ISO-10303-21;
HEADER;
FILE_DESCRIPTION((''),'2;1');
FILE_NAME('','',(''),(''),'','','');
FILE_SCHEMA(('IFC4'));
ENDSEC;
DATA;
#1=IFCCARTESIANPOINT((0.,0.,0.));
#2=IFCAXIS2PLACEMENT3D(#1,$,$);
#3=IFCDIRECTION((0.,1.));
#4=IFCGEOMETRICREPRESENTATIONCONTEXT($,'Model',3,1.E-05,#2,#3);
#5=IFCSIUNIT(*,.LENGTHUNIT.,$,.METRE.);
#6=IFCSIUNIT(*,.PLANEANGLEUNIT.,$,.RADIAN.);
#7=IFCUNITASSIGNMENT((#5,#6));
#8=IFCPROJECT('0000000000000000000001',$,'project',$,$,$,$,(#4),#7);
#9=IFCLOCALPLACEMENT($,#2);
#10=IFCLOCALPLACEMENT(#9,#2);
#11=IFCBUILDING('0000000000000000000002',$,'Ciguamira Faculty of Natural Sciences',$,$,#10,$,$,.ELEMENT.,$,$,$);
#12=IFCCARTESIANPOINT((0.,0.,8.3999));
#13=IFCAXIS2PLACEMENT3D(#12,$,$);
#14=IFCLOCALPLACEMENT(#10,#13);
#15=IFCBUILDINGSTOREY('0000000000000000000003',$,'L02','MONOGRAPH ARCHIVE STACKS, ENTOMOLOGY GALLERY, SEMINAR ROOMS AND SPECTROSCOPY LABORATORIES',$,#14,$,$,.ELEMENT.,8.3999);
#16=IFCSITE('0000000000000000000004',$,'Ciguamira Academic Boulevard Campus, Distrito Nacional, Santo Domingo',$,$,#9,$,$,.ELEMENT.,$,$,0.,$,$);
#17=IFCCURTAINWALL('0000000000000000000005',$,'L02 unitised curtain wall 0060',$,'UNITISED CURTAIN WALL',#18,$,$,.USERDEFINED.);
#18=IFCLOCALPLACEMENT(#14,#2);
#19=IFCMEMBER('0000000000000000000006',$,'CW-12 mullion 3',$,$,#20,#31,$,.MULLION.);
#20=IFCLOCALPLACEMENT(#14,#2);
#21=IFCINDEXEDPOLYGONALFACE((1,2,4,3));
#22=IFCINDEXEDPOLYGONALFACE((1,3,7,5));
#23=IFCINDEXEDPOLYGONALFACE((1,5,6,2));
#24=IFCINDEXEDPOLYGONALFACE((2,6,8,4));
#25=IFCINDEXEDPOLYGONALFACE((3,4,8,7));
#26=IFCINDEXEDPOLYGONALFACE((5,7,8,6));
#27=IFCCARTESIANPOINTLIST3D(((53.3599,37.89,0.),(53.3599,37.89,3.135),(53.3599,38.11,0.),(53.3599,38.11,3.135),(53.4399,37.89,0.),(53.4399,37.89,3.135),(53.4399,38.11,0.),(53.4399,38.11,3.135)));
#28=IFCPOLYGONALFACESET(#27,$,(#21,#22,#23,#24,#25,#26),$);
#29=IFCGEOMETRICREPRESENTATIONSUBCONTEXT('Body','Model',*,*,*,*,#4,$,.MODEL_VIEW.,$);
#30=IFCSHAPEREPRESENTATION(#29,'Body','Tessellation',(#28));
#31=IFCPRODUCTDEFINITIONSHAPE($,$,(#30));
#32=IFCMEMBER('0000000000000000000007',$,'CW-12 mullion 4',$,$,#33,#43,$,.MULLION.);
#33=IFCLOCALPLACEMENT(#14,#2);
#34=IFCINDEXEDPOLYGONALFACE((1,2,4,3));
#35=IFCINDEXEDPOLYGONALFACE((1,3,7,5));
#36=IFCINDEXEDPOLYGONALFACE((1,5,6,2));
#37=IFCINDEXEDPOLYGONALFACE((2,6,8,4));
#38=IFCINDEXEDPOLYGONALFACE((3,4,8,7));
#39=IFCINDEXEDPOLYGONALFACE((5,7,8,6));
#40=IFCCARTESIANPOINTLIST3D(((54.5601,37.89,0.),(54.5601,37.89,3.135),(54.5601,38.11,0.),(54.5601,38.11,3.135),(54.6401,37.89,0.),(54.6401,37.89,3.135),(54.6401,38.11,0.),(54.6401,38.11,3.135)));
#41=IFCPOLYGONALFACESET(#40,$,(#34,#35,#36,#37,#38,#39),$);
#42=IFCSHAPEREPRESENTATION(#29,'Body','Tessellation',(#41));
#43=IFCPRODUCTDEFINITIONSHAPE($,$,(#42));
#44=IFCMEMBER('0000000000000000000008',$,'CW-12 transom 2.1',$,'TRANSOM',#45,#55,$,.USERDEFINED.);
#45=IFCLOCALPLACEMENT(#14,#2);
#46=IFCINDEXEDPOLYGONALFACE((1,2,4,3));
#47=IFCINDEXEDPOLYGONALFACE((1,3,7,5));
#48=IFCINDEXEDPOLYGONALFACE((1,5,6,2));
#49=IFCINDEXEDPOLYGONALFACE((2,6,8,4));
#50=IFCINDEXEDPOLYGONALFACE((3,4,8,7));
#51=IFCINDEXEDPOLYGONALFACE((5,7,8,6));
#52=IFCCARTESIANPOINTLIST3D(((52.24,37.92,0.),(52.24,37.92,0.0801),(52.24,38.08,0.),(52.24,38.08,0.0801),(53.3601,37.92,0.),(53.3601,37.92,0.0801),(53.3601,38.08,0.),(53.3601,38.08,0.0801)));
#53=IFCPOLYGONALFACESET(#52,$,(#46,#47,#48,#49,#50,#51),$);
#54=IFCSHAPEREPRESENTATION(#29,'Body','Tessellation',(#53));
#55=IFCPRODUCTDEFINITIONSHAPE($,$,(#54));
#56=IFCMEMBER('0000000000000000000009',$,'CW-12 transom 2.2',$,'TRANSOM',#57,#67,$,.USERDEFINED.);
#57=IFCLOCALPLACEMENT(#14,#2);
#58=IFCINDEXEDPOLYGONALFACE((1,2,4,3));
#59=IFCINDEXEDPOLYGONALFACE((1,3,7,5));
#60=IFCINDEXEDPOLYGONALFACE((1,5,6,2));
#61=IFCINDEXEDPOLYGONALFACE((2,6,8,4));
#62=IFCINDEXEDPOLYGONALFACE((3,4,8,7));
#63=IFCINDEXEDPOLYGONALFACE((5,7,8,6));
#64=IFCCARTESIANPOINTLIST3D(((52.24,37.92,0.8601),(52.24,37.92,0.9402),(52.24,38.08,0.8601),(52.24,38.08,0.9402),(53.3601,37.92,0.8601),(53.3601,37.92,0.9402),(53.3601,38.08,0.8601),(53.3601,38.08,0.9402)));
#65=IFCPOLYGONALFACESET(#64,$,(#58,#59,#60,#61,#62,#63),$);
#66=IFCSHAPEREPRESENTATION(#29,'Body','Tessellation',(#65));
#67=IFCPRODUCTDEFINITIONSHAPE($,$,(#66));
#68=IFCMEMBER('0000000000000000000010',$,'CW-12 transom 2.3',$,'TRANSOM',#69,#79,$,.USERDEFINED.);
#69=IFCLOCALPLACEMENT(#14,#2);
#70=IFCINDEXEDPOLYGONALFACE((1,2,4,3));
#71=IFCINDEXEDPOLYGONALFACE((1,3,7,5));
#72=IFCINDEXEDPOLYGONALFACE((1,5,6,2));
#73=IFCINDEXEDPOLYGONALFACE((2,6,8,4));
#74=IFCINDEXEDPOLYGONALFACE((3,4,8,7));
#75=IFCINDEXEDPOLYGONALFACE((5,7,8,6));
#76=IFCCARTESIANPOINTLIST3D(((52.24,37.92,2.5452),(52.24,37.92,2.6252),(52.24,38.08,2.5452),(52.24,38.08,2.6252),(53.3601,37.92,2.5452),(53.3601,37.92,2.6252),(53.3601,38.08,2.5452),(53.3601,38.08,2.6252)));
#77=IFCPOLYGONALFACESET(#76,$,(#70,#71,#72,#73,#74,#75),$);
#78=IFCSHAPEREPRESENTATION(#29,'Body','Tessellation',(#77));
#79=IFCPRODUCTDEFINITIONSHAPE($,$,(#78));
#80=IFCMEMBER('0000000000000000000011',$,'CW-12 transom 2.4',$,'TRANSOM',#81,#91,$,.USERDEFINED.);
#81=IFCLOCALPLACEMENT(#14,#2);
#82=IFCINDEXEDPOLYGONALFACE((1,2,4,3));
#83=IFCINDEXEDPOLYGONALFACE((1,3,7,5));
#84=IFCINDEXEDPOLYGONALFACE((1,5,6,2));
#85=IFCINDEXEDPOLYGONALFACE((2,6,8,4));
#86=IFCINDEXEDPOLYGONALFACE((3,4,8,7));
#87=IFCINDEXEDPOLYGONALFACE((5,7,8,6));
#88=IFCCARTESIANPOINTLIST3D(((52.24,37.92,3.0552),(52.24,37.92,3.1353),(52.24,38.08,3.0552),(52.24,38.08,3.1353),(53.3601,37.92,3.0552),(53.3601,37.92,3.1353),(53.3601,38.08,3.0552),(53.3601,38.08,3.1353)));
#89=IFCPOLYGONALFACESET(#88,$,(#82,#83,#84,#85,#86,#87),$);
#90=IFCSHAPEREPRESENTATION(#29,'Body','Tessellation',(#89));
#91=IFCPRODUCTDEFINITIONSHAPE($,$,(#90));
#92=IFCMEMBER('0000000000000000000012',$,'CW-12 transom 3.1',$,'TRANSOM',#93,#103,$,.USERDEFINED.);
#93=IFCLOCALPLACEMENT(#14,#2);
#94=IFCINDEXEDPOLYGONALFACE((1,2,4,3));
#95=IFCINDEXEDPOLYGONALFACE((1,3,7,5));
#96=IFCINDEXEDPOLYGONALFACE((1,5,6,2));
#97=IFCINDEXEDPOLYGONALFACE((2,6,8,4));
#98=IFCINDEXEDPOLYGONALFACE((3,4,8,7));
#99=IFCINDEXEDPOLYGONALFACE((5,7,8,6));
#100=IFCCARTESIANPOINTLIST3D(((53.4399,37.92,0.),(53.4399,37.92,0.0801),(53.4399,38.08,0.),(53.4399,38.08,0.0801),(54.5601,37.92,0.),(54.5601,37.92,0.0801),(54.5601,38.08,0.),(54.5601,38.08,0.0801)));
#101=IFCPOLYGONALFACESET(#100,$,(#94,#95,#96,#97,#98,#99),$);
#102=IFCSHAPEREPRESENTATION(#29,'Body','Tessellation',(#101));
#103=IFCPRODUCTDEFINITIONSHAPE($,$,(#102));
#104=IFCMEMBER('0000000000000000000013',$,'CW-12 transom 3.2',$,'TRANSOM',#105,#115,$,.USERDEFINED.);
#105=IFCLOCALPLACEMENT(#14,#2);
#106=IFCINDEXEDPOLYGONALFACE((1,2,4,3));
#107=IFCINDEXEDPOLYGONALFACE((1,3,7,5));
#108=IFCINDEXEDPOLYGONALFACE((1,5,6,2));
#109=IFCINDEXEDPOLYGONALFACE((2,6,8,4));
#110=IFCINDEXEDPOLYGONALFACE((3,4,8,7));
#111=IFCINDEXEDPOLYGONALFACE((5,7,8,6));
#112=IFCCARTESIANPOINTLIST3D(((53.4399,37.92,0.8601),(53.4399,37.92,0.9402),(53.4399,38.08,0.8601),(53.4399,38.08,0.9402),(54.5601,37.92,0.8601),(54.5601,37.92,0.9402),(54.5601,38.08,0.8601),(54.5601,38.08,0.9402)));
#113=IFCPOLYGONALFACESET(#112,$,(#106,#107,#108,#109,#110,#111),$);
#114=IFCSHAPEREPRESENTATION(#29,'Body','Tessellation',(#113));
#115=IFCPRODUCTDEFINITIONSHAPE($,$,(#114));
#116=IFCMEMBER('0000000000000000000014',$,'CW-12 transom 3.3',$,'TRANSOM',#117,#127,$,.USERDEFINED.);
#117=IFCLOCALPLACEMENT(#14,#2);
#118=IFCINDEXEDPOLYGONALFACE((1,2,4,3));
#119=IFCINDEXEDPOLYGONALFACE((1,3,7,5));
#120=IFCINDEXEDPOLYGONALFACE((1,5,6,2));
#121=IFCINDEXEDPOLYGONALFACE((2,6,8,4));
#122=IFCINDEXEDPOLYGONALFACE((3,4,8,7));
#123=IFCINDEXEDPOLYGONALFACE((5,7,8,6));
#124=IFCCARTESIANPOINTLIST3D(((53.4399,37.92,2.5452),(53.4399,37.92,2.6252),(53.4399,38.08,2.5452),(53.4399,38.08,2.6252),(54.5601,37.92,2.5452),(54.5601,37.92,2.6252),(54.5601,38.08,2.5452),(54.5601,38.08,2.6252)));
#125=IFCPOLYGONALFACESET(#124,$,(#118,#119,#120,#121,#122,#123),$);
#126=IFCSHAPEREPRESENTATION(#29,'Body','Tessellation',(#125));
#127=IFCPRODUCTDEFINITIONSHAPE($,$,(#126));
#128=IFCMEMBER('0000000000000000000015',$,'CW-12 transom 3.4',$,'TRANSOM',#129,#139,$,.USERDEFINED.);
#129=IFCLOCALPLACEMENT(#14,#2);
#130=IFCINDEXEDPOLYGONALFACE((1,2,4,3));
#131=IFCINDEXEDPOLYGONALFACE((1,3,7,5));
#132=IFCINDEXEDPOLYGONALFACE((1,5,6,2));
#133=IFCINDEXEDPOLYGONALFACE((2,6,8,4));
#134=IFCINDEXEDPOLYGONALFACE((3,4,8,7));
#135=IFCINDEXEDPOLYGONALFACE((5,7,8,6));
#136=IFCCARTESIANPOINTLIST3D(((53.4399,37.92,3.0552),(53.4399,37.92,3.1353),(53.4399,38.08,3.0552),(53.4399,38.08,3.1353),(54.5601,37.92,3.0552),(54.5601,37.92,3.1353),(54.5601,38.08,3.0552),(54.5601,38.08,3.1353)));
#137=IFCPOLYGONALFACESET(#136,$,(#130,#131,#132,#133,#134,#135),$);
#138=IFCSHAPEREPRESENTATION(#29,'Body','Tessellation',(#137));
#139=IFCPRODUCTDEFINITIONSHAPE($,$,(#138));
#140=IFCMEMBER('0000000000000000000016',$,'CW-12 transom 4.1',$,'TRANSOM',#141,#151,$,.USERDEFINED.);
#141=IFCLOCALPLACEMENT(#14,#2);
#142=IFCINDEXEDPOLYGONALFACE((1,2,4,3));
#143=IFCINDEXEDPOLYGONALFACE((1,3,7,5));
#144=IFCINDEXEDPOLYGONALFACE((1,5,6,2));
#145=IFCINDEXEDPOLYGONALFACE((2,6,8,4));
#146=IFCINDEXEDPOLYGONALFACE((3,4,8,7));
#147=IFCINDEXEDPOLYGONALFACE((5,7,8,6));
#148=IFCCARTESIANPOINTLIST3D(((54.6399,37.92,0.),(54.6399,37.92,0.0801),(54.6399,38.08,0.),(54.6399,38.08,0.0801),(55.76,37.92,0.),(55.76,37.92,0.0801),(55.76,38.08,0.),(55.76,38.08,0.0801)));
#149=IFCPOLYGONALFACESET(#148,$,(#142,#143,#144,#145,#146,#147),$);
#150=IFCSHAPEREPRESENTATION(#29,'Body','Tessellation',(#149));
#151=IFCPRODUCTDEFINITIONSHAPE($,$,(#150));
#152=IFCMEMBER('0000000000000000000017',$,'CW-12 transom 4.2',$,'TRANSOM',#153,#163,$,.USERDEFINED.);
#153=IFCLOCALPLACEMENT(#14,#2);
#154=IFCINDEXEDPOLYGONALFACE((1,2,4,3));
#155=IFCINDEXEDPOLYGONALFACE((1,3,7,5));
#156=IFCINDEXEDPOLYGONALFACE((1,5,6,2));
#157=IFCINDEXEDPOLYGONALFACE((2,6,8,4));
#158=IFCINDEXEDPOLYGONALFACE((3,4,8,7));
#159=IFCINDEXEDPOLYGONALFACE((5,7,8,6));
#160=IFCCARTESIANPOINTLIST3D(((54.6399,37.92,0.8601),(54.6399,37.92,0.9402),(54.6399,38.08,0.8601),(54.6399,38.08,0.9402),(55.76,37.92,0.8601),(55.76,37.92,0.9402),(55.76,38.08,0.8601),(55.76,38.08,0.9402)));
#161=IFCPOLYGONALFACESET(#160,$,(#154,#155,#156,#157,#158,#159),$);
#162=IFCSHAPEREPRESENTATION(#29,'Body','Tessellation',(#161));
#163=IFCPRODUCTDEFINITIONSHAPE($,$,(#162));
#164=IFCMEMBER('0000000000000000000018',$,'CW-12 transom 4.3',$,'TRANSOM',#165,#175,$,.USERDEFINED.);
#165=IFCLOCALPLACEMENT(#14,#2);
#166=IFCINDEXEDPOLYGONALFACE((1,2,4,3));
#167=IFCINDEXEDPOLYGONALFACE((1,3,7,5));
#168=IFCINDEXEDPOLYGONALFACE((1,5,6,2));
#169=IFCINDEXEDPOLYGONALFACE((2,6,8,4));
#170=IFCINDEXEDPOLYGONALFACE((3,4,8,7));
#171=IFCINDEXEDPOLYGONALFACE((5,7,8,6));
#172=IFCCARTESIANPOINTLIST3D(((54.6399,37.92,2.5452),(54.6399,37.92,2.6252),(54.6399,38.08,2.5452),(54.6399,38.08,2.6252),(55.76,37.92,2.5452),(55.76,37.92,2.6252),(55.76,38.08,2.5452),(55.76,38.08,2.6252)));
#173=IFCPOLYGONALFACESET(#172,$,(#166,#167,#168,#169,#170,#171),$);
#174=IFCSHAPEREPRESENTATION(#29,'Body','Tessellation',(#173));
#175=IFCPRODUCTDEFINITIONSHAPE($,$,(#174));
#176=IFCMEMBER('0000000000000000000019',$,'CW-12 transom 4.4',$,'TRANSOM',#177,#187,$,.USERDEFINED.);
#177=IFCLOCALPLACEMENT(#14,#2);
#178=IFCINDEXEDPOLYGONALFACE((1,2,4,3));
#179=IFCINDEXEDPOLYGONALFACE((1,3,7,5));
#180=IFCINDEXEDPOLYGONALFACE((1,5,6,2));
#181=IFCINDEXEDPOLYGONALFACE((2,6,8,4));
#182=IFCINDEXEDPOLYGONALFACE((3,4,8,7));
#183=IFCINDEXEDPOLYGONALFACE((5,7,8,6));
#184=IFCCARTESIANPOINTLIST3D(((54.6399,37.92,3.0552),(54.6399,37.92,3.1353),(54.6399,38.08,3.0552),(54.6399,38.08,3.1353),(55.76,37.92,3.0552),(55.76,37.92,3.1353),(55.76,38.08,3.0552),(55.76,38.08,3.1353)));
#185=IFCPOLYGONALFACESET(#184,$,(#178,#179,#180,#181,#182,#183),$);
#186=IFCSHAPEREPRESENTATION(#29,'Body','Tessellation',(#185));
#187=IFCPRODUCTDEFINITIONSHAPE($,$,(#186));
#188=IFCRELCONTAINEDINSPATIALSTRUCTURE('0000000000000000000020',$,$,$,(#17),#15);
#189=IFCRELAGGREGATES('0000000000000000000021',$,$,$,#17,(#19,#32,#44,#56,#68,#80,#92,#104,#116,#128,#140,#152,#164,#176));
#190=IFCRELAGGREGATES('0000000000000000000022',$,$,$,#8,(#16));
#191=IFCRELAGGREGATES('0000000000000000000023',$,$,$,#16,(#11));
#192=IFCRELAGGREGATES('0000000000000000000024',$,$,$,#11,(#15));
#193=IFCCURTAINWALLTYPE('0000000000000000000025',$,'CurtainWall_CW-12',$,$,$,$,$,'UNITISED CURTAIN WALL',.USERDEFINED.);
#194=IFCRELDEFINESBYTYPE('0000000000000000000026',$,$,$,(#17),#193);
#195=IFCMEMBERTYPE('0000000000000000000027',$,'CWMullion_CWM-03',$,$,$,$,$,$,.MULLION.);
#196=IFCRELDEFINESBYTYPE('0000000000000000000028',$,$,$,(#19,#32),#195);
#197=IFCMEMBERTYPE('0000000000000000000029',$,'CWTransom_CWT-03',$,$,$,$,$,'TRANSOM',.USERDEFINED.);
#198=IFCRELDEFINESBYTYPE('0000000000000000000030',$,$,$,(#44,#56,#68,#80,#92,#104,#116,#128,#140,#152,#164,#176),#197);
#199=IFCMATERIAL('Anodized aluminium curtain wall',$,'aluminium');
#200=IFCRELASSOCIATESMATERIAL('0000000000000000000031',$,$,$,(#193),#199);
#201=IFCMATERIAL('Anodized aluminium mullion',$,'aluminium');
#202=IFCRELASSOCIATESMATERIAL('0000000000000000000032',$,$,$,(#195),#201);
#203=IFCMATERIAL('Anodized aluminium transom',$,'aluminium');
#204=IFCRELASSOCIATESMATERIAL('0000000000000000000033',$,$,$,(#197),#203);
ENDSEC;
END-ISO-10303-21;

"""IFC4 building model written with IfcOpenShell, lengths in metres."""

from ifc_helpers import new_model, si_unit, direction, frame, origin, origin_2d, place, context, subcontext, project, spatial, rectangle, extrude, material, material_profile, profile_set, type_object, element, aggregate, save


model = new_model("IFC4")

# Units and contexts
model_context = context("Model", 3, precision=1e-05, world=origin(), true_north=direction((0.0, 1.0)))
body_context = subcontext(model_context, "Body", "Model", "MODEL_VIEW")
ifc_project = project(units=[si_unit("LENGTHUNIT", "METRE"), si_unit("PLANEANGLEUNIT", "RADIAN")], contexts=[model_context])

# Site, building, storey
site_placement = place(None, origin())
site = spatial("IfcSite", under=ifc_project, at=site_placement, Name="Ciguamira Academic Boulevard Campus, Distrito Nacional, Santo Domingo", CompositionType="ELEMENT", RefElevation=0.0)
building_placement = place(site_placement, origin())
building = spatial("IfcBuilding", under=site, at=building_placement, Name="Ciguamira Faculty of Natural Sciences", CompositionType="ELEMENT")
storey_placement = place(building_placement, frame((0.0, 0.0, 8.3999)))
storey = spatial("IfcBuildingStorey", under=building, at=storey_placement, Name="L02", Description="MONOGRAPH ARCHIVE STACKS, ENTOMOLOGY GALLERY, SEMINAR ROOMS AND SPECTROSCOPY LABORATORIES", CompositionType="ELEMENT", Elevation=8.3999)

# Curtain wall, members
ifc_material_1 = material(Name="Anodized aluminium curtain wall", Category="aluminium")
curtain_wall_type = type_object("IfcCurtainWallType", Name="CurtainWall_CW-12", ElementType="UNITISED CURTAIN WALL", PredefinedType="USERDEFINED", material=ifc_material_1)
curtain_wall_placement = place(storey_placement, origin())
curtain_wall = element("IfcCurtainWall", 1, at=curtain_wall_placement, inside=storey, type_object=curtain_wall_type, Name="L02 unitised curtain wall 0060", ObjectType="UNITISED CURTAIN WALL", PredefinedType="USERDEFINED")
ifc_material_2 = material(Name="Anodized aluminium mullion", Category="aluminium")
ifc_material_profile_1 = material_profile(ifc_material_2, rectangle(XDim=0.0801, YDim=0.22, at=origin_2d()), Name="ALU-MUL-80X220")
ifc_profile_set_1 = profile_set([ifc_material_profile_1], Name="Anodized aluminium mullion")
member_type_1 = type_object("IfcMemberType", Name="CWMullion_CWM-03", PredefinedType="MULLION", material=ifc_profile_set_1)
member_1_placement = place(storey_placement, frame((53.3999, 38.0, 0.0), z_axis=(0.0, 0.0, 1.0), x_axis=(1.0, 0.0, 0.0)))
member_1 = element("IfcMember", 2, at=member_1_placement, type_object=member_type_1, Name="CW-12 mullion 3", PredefinedType="MULLION", context=body_context, shape_type="SweptSolid", body=[
    extrude(rectangle(XDim=0.0801, YDim=0.22, at=origin_2d()), origin(), (0.0, 0.0, 1.0), 3.135),
])
member_2_placement = place(storey_placement, frame((54.6001, 38.0, 0.0), z_axis=(0.0, 0.0, 1.0), x_axis=(1.0, 0.0, 0.0)))
member_2 = element("IfcMember", 3, at=member_2_placement, type_object=member_type_1, Name="CW-12 mullion 4", PredefinedType="MULLION", context=body_context, shape_type="SweptSolid", body=[
    extrude(rectangle(XDim=0.0801, YDim=0.22, at=origin_2d()), origin(), (0.0, 0.0, 1.0), 3.135),
])
ifc_material_3 = material(Name="Anodized aluminium transom", Category="aluminium")
ifc_material_profile_2 = material_profile(ifc_material_3, rectangle(XDim=0.0801, YDim=0.1599, at=origin_2d()), Name="ALU-TRN-80X160")
ifc_profile_set_2 = profile_set([ifc_material_profile_2], Name="Anodized aluminium transom")
member_type_2 = type_object("IfcMemberType", Name="CWTransom_CWT-03", ElementType="TRANSOM", PredefinedType="USERDEFINED", material=ifc_profile_set_2)
member_3_placement = place(storey_placement, frame((52.24, 38.0, 0.04), z_axis=(1.0, 0.0, 0.0), x_axis=(0.0, 0.0, 1.0)))
member_3 = element("IfcMember", 4, at=member_3_placement, type_object=member_type_2, Name="CW-12 transom 2.1", ObjectType="TRANSOM", PredefinedType="USERDEFINED", context=body_context, shape_type="SweptSolid", body=[
    extrude(rectangle(XDim=0.0801, YDim=0.1599, at=origin_2d()), origin(), (0.0, 0.0, 1.0), 1.1201),
])
member_4_placement = place(storey_placement, frame((52.24, 38.0, 0.9001), z_axis=(1.0, 0.0, 0.0), x_axis=(0.0, 0.0, 1.0)))
member_4 = element("IfcMember", 5, at=member_4_placement, type_object=member_type_2, Name="CW-12 transom 2.2", ObjectType="TRANSOM", PredefinedType="USERDEFINED", context=body_context, shape_type="SweptSolid", body=[
    extrude(rectangle(XDim=0.0801, YDim=0.1599, at=origin_2d()), origin(), (0.0, 0.0, 1.0), 1.1201),
])
member_5_placement = place(storey_placement, frame((52.24, 38.0, 2.5852), z_axis=(1.0, 0.0, 0.0), x_axis=(0.0, 0.0, 1.0)))
member_5 = element("IfcMember", 6, at=member_5_placement, type_object=member_type_2, Name="CW-12 transom 2.3", ObjectType="TRANSOM", PredefinedType="USERDEFINED", context=body_context, shape_type="SweptSolid", body=[
    extrude(rectangle(XDim=0.0801, YDim=0.1599, at=origin_2d()), origin(), (0.0, 0.0, 1.0), 1.1201),
])
member_6_placement = place(storey_placement, frame((52.24, 38.0, 3.0952), z_axis=(1.0, 0.0, 0.0), x_axis=(0.0, 0.0, 1.0)))
member_6 = element("IfcMember", 7, at=member_6_placement, type_object=member_type_2, Name="CW-12 transom 2.4", ObjectType="TRANSOM", PredefinedType="USERDEFINED", context=body_context, shape_type="SweptSolid", body=[
    extrude(rectangle(XDim=0.0801, YDim=0.1599, at=origin_2d()), origin(), (0.0, 0.0, 1.0), 1.1201),
])
member_7_placement = place(storey_placement, frame((53.4399, 38.0, 0.04), z_axis=(1.0, 0.0, 0.0), x_axis=(0.0, 0.0, 1.0)))
member_7 = element("IfcMember", 8, at=member_7_placement, type_object=member_type_2, Name="CW-12 transom 3.1", ObjectType="TRANSOM", PredefinedType="USERDEFINED", context=body_context, shape_type="SweptSolid", body=[
    extrude(rectangle(XDim=0.0801, YDim=0.1599, at=origin_2d()), origin(), (0.0, 0.0, 1.0), 1.1201),
])
member_8_placement = place(storey_placement, frame((53.4399, 38.0, 0.9001), z_axis=(1.0, 0.0, 0.0), x_axis=(0.0, 0.0, 1.0)))
member_8 = element("IfcMember", 9, at=member_8_placement, type_object=member_type_2, Name="CW-12 transom 3.2", ObjectType="TRANSOM", PredefinedType="USERDEFINED", context=body_context, shape_type="SweptSolid", body=[
    extrude(rectangle(XDim=0.0801, YDim=0.1599, at=origin_2d()), origin(), (0.0, 0.0, 1.0), 1.1201),
])
member_9_placement = place(storey_placement, frame((53.4399, 38.0, 2.5852), z_axis=(1.0, 0.0, 0.0), x_axis=(0.0, 0.0, 1.0)))
member_9 = element("IfcMember", 10, at=member_9_placement, type_object=member_type_2, Name="CW-12 transom 3.3", ObjectType="TRANSOM", PredefinedType="USERDEFINED", context=body_context, shape_type="SweptSolid", body=[
    extrude(rectangle(XDim=0.0801, YDim=0.1599, at=origin_2d()), origin(), (0.0, 0.0, 1.0), 1.1201),
])
member_10_placement = place(storey_placement, frame((53.4399, 38.0, 3.0952), z_axis=(1.0, 0.0, 0.0), x_axis=(0.0, 0.0, 1.0)))
member_10 = element("IfcMember", 11, at=member_10_placement, type_object=member_type_2, Name="CW-12 transom 3.4", ObjectType="TRANSOM", PredefinedType="USERDEFINED", context=body_context, shape_type="SweptSolid", body=[
    extrude(rectangle(XDim=0.0801, YDim=0.1599, at=origin_2d()), origin(), (0.0, 0.0, 1.0), 1.1201),
])
member_11_placement = place(storey_placement, frame((54.6399, 38.0, 0.04), z_axis=(1.0, 0.0, 0.0), x_axis=(0.0, 0.0, 1.0)))
member_11 = element("IfcMember", 12, at=member_11_placement, type_object=member_type_2, Name="CW-12 transom 4.1", ObjectType="TRANSOM", PredefinedType="USERDEFINED", context=body_context, shape_type="SweptSolid", body=[
    extrude(rectangle(XDim=0.0801, YDim=0.1599, at=origin_2d()), origin(), (0.0, 0.0, 1.0), 1.1201),
])
member_12_placement = place(storey_placement, frame((54.6399, 38.0, 0.9001), z_axis=(1.0, 0.0, 0.0), x_axis=(0.0, 0.0, 1.0)))
member_12 = element("IfcMember", 13, at=member_12_placement, type_object=member_type_2, Name="CW-12 transom 4.2", ObjectType="TRANSOM", PredefinedType="USERDEFINED", context=body_context, shape_type="SweptSolid", body=[
    extrude(rectangle(XDim=0.0801, YDim=0.1599, at=origin_2d()), origin(), (0.0, 0.0, 1.0), 1.1201),
])
member_13_placement = place(storey_placement, frame((54.6399, 38.0, 2.5852), z_axis=(1.0, 0.0, 0.0), x_axis=(0.0, 0.0, 1.0)))
member_13 = element("IfcMember", 14, at=member_13_placement, type_object=member_type_2, Name="CW-12 transom 4.3", ObjectType="TRANSOM", PredefinedType="USERDEFINED", context=body_context, shape_type="SweptSolid", body=[
    extrude(rectangle(XDim=0.0801, YDim=0.1599, at=origin_2d()), origin(), (0.0, 0.0, 1.0), 1.1201),
])
member_14_placement = place(storey_placement, frame((54.6399, 38.0, 3.0952), z_axis=(1.0, 0.0, 0.0), x_axis=(0.0, 0.0, 1.0)))
member_14 = element("IfcMember", 15, at=member_14_placement, type_object=member_type_2, Name="CW-12 transom 4.4", ObjectType="TRANSOM", PredefinedType="USERDEFINED", context=body_context, shape_type="SweptSolid", body=[
    extrude(rectangle(XDim=0.0801, YDim=0.1599, at=origin_2d()), origin(), (0.0, 0.0, 1.0), 1.1201),
])
aggregate(curtain_wall, [member_1, member_2, member_3, member_4, member_5, member_6, member_7, member_8, member_9, member_10, member_11, member_12, member_13, member_14])

save(model, "model.ifc")
